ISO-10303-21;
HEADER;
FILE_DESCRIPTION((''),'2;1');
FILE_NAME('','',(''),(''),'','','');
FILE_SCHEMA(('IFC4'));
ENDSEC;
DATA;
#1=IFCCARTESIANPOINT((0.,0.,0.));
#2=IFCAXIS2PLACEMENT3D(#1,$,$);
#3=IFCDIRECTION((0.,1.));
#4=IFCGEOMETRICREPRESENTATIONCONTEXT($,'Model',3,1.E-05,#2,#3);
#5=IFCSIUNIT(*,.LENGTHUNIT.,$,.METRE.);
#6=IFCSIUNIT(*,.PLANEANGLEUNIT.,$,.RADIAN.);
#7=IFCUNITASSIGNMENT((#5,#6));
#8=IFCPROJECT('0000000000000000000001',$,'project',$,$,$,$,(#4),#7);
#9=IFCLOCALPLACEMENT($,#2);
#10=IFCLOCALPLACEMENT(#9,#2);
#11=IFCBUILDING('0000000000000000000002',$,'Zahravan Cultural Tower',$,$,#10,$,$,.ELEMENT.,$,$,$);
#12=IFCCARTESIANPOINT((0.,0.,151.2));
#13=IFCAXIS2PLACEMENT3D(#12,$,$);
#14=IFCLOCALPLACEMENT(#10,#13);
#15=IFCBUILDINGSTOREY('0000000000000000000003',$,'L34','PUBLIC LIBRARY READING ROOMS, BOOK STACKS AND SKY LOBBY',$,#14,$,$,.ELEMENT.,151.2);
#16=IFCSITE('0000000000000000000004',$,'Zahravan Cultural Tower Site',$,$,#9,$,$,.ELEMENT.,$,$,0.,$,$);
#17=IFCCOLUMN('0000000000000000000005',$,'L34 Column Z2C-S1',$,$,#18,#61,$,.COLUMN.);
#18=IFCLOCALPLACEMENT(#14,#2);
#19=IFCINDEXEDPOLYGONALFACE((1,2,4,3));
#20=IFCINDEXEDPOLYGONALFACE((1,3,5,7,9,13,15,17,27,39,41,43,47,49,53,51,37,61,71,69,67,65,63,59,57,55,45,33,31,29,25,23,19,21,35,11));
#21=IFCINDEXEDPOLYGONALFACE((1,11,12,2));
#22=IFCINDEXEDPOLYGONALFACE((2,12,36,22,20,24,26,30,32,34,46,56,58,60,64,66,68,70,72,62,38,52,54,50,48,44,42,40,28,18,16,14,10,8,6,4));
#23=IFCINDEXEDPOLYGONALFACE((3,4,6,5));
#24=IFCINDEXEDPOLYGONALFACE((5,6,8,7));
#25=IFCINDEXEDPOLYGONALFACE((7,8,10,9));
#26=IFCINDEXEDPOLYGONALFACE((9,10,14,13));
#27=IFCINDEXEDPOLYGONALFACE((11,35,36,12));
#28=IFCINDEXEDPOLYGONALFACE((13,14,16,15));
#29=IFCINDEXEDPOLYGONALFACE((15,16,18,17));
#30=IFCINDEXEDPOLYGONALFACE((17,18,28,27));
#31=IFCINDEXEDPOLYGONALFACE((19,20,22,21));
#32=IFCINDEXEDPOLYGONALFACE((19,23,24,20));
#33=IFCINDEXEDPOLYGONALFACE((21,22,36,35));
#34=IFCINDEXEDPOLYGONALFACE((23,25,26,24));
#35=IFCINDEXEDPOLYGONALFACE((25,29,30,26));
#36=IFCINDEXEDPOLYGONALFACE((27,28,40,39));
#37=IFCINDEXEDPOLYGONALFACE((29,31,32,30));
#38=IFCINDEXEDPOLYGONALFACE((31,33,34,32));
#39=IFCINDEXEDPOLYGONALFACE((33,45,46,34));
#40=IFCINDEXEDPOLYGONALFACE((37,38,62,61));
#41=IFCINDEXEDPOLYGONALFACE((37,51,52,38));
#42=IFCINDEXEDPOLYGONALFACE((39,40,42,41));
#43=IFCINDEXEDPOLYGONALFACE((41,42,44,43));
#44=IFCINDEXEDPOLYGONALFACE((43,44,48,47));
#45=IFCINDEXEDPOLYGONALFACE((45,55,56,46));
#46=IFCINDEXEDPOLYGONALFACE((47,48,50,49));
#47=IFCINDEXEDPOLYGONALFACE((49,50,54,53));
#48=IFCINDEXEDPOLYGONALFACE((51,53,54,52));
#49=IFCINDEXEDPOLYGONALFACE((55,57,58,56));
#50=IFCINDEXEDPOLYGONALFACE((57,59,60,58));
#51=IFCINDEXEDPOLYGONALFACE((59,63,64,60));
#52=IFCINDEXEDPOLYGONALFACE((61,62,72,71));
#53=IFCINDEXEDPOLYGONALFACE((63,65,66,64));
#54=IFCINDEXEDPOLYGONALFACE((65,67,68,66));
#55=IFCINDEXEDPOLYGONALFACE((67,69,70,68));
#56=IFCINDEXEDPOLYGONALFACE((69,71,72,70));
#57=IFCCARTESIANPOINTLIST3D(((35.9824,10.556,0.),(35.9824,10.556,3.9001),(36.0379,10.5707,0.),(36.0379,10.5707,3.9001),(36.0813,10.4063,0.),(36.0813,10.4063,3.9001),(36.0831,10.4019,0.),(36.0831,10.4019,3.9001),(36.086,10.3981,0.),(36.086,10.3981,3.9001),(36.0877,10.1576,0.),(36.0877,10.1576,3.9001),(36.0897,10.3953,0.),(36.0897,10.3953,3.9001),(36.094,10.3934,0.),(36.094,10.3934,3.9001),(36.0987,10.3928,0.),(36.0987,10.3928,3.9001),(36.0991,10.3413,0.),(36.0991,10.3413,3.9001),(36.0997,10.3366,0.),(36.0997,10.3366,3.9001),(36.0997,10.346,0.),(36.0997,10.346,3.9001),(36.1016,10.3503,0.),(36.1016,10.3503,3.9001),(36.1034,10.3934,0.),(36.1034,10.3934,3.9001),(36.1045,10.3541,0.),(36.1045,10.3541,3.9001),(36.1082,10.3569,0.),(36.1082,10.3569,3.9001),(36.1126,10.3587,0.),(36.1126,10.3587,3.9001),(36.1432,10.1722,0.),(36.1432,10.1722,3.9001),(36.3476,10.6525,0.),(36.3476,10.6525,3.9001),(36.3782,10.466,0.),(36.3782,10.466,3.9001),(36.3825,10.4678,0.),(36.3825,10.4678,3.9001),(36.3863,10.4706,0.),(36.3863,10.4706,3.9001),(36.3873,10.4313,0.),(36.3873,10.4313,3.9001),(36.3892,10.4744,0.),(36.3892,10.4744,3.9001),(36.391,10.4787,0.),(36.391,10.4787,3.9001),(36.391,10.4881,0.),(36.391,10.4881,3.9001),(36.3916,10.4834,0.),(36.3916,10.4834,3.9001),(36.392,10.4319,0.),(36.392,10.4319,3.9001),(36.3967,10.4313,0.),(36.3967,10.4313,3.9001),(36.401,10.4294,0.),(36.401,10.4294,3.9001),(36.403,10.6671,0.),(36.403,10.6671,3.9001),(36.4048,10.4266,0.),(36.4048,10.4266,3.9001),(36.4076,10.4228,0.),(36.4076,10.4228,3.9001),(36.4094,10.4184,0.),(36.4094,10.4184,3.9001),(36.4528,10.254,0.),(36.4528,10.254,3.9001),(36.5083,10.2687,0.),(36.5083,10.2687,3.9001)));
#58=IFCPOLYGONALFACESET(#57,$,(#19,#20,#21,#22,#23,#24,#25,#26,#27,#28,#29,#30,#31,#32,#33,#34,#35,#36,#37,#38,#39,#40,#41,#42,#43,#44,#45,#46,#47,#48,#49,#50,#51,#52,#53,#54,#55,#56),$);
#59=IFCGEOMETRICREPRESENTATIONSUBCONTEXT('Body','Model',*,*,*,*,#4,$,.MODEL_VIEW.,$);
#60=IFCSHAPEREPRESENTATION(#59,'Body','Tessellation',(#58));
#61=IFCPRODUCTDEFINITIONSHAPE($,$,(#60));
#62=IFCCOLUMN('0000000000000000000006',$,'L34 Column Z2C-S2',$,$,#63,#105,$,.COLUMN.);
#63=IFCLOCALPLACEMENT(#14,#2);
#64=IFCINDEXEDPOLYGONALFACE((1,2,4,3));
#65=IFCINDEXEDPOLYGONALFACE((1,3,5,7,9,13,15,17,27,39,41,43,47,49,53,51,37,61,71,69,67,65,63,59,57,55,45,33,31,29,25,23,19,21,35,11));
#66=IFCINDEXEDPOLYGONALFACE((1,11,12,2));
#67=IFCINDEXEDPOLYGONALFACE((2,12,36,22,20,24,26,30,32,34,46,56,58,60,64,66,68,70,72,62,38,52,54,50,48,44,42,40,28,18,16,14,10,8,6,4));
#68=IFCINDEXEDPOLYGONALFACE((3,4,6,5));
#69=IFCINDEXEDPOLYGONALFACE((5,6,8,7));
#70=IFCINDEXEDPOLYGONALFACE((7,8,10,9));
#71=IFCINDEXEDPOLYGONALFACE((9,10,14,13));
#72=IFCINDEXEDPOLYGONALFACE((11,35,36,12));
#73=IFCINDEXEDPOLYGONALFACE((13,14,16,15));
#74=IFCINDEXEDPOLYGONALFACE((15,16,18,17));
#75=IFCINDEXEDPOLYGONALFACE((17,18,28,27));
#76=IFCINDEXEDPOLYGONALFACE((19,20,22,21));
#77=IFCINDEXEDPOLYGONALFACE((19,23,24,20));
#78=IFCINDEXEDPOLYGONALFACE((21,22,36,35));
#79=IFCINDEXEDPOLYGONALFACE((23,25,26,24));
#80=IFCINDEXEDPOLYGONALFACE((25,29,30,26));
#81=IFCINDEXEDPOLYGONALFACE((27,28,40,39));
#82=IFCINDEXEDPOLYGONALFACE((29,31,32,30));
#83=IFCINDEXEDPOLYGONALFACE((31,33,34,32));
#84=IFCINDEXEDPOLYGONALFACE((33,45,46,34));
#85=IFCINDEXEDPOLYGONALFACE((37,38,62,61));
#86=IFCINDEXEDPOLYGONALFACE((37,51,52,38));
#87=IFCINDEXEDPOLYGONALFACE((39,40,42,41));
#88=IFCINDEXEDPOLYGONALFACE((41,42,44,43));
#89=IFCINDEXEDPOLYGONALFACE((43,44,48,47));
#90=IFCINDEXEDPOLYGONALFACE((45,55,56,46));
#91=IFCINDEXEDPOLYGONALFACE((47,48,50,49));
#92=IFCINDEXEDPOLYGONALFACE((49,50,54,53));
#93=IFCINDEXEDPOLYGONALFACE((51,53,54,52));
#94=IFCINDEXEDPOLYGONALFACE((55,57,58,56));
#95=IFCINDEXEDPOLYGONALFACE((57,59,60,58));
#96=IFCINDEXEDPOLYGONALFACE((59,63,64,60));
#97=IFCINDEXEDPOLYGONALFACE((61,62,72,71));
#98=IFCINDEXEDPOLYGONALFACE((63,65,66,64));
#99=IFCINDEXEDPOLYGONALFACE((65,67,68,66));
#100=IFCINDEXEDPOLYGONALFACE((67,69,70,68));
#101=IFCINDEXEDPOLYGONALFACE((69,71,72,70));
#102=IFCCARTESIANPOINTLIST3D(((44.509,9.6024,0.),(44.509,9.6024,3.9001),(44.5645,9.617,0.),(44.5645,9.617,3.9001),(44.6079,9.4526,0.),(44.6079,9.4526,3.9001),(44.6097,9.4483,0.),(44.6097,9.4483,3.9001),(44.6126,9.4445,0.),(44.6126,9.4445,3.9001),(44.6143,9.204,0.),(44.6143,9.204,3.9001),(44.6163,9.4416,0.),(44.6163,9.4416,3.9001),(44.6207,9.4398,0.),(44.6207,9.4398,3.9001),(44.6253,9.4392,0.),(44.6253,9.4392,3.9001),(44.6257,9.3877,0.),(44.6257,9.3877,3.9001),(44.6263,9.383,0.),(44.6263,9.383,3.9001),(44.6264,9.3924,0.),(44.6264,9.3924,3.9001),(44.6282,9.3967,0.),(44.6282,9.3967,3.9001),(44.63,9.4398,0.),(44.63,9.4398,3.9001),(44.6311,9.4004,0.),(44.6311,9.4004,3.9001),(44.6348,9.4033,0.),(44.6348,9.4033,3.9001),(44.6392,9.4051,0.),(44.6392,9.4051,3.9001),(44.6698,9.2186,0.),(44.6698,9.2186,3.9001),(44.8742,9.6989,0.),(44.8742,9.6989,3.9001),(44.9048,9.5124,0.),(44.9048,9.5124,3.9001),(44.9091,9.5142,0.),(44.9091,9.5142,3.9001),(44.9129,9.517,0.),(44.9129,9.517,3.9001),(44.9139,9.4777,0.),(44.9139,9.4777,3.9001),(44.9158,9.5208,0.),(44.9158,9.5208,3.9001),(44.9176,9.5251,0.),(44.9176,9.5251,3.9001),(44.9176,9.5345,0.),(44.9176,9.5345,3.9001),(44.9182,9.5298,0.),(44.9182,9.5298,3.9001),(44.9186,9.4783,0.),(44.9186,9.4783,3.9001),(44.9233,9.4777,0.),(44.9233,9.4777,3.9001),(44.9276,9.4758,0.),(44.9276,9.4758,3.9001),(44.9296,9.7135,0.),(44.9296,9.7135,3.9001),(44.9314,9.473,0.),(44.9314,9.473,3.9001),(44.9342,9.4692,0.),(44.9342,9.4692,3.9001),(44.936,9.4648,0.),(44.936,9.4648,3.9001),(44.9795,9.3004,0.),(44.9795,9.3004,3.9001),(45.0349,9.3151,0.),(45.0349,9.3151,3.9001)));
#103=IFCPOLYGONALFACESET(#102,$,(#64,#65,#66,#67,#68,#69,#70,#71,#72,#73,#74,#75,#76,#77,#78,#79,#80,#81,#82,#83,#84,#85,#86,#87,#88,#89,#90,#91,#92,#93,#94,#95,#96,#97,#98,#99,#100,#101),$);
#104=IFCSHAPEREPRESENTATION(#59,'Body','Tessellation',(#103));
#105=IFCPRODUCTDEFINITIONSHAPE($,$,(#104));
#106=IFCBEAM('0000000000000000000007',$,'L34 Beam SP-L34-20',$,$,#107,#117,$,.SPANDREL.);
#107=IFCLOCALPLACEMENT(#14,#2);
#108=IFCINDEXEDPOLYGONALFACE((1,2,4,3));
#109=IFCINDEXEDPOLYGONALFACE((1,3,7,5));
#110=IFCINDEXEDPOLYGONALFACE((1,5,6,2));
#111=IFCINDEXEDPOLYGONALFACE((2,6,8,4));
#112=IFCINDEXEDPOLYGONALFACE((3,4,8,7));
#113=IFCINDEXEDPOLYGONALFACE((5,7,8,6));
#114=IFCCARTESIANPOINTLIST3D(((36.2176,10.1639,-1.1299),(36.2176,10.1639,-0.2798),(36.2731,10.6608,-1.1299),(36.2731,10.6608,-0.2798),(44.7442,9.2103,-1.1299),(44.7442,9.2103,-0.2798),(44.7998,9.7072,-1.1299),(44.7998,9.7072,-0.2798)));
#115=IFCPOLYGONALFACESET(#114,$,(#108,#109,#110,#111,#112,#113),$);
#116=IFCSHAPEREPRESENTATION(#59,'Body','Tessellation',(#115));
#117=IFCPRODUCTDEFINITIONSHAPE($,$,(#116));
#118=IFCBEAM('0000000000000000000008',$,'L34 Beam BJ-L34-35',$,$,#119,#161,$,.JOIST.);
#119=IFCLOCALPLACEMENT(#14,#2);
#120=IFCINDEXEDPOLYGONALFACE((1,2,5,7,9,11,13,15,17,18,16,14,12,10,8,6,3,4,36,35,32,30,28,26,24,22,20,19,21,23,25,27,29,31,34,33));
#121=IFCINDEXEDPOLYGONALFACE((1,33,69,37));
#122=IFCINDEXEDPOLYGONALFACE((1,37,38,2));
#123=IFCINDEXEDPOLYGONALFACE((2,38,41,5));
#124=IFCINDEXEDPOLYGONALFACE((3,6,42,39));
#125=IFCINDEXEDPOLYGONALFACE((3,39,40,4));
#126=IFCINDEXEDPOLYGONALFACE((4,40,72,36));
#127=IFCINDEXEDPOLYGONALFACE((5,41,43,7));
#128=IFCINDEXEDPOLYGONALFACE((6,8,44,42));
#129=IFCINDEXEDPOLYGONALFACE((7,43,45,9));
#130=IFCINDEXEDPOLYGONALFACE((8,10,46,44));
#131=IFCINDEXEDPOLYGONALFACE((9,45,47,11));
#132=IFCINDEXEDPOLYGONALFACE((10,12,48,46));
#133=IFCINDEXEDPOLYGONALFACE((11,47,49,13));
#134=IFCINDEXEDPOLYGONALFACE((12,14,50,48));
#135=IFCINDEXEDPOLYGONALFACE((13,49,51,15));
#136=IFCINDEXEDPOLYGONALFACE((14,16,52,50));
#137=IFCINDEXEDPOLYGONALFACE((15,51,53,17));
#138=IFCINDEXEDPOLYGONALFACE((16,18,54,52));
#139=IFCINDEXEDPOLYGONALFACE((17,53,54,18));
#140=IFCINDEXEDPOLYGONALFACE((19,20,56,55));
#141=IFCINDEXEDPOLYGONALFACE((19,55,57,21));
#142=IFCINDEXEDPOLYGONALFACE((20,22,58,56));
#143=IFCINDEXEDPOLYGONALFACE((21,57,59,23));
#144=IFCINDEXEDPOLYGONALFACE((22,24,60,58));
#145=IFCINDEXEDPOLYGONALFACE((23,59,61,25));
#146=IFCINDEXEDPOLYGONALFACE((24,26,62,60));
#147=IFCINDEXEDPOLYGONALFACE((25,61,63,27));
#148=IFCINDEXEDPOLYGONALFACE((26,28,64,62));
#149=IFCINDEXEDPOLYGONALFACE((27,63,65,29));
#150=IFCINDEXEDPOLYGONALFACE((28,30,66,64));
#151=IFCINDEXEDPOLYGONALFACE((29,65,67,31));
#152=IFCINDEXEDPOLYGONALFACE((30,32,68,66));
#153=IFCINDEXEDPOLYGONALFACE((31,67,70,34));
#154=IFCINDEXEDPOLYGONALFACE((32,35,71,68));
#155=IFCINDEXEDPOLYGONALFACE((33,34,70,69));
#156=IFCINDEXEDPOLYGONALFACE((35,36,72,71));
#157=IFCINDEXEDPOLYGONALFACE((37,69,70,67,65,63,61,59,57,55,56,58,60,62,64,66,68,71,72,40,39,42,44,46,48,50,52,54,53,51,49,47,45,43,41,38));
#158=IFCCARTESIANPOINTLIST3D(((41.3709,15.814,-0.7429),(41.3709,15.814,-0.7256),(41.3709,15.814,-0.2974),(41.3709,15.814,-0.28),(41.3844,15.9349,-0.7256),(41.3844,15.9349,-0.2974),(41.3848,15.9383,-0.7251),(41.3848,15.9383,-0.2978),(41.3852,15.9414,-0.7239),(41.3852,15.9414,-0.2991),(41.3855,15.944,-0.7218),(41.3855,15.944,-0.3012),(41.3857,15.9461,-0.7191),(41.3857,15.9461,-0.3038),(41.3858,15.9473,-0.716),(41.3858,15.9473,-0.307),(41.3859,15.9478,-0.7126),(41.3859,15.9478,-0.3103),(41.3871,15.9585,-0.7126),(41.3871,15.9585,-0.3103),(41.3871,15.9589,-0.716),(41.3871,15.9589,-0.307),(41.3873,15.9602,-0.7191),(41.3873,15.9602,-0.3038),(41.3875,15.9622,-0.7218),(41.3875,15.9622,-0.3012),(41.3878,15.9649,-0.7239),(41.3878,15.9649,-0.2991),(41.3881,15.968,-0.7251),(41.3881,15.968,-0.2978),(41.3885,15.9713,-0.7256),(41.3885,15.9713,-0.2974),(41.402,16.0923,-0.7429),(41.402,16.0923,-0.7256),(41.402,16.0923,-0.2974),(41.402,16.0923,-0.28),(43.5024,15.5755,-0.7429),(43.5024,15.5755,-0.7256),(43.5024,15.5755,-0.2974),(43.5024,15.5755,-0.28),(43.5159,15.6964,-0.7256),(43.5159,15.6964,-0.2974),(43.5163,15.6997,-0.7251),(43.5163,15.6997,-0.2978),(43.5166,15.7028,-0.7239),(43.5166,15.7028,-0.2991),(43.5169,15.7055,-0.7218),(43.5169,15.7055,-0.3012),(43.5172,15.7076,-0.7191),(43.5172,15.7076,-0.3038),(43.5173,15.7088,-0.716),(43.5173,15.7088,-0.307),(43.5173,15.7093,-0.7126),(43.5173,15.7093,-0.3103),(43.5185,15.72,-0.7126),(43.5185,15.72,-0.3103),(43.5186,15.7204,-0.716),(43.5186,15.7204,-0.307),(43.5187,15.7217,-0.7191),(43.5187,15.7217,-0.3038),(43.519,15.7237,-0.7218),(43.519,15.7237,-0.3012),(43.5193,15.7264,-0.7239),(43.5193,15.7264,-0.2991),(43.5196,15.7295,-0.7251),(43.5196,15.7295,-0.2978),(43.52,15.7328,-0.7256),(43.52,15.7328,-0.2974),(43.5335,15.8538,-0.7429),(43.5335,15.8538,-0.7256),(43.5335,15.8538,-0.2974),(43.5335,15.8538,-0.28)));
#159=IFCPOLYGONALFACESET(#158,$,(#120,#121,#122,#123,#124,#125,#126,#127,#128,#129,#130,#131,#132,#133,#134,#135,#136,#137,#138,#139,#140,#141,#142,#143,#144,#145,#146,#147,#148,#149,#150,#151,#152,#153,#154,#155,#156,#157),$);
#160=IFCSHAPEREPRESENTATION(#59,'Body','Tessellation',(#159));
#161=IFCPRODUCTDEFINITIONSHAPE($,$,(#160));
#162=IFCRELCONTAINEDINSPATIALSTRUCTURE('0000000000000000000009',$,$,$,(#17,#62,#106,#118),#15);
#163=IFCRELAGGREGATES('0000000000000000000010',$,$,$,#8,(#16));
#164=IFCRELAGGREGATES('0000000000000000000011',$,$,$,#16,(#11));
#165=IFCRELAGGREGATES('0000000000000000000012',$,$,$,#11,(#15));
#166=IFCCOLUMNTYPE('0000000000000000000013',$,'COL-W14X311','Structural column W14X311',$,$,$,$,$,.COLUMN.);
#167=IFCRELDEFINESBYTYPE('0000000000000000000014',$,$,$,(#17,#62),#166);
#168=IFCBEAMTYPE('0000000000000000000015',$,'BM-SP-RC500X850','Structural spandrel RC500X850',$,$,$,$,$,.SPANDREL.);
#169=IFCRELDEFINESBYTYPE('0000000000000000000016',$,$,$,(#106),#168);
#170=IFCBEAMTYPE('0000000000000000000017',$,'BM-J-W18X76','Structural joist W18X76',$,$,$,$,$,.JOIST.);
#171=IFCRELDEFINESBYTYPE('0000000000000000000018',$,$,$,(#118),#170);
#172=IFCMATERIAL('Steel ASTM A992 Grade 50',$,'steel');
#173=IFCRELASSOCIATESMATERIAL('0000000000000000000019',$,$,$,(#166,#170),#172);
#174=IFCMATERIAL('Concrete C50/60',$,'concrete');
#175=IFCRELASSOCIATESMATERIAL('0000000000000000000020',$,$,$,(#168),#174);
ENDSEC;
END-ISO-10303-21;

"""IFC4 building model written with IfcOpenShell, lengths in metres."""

from ifc_helpers import new_model, si_unit, direction, frame, origin, origin_2d, place, context, subcontext, project, spatial, rectangle, i_section, extrude, source, transform, mapped, material, material_profile, profile_set, type_object, element, save


model = new_model("IFC4")

# Units and contexts
model_context = context("Model", 3, precision=1e-05, world=origin(), true_north=direction((0.0, 1.0)))
body_context = subcontext(model_context, "Body", "Model", "MODEL_VIEW")
ifc_project = project(units=[si_unit("LENGTHUNIT", "METRE"), si_unit("PLANEANGLEUNIT", "RADIAN")], contexts=[model_context])

# Site, building, storey
site_placement = place(None, origin())
site = spatial("IfcSite", under=ifc_project, at=site_placement, Name="Zahravan Cultural Tower Site", CompositionType="ELEMENT", RefElevation=0.0)
building_placement = place(site_placement, origin())
building = spatial("IfcBuilding", under=site, at=building_placement, Name="Zahravan Cultural Tower", CompositionType="ELEMENT")
storey_placement = place(building_placement, frame((0.0, 0.0, 151.2)))
storey = spatial("IfcBuildingStorey", under=building, at=storey_placement, Name="L34", Description="PUBLIC LIBRARY READING ROOMS, BOOK STACKS AND SKY LOBBY", CompositionType="ELEMENT", Elevation=151.2)

# Columns
ifc_material_1 = material(Name="Steel ASTM A992 Grade 50", Category="steel")
ifc_material_profile_1 = material_profile(ifc_material_1, i_section(OverallWidth=0.4121, OverallDepth=0.4351, WebThickness=0.0359, FlangeThickness=0.0574, FilletRadius=0.0181, at=origin_2d()), Name="W14X311")
ifc_profile_set_1 = profile_set([ifc_material_profile_1], Name="Steel ASTM A992 Grade 50")
column_type = type_object("IfcColumnType", Name="COL-W14X311", Description="Structural column W14X311", PredefinedType="COLUMN", material=ifc_profile_set_1)
shared_shape_1 = source(origin(), body_context, "Body", "SweptSolid", [
    extrude(i_section(OverallWidth=0.4121, OverallDepth=0.4351, WebThickness=0.0359, FlangeThickness=0.0574, FilletRadius=0.0181, at=origin_2d()), origin(), (0.0, 0.0, 1.0), 3.9001),
])
for number, where, z_axis, x_axis, name in (
    (1, (36.2454, 10.4124, 0.0), (0.0, 0.0, 1.0), (-0.255446, 0.966823, 0.0), "L34 Column Z2C-S1"),
    (2, (44.772, 9.4587, 0.0), (0.0, 0.0, 1.0), (-0.255446, 0.966823, 0.0), "L34 Column Z2C-S2"),
):
    element("IfcColumn", number, at=place(storey_placement, frame(where, z_axis=z_axis, x_axis=x_axis)), inside=storey, type_object=column_type, Name=name, PredefinedType="COLUMN", context=body_context, shape_type="MappedRepresentation", body=[
        mapped(shared_shape_1, transform((0.0, 0.0, 0.0), x_axis=(1.0, 0.0, 0.0), y_axis=(0.0, 1.0, 0.0), z_axis=(0.0, 0.0, 1.0), scale=1.0)),
    ])

# Beams
ifc_material_2 = material(Name="Concrete C50/60", Category="concrete")
ifc_material_profile_2 = material_profile(ifc_material_2, rectangle(XDim=0.5, YDim=0.8501, at=origin_2d()), Name="RC500X850")
ifc_profile_set_2 = profile_set([ifc_material_profile_2], Name="Concrete C50/60")
beam_type_1 = type_object("IfcBeamType", Name="BM-SP-RC500X850", Description="Structural spandrel RC500X850", PredefinedType="SPANDREL", material=ifc_profile_set_2)
shared_shape_2 = source(origin(), body_context, "Body", "SweptSolid", [
    extrude(rectangle(XDim=0.5, YDim=0.8501, at=origin_2d()), origin(), (0.0, 0.0, 1.0), 8.5798),
])
beam_1_placement = place(storey_placement, frame((36.2454, 10.4124, -0.7048), z_axis=(0.993804, -0.111147, 0.0), x_axis=(0.111147, 0.993804, 0.0)))
element("IfcBeam", 3, at=beam_1_placement, inside=storey, type_object=beam_type_1, Name="L34 Beam SP-L34-20", PredefinedType="SPANDREL", context=body_context, shape_type="MappedRepresentation", body=[
    mapped(shared_shape_2, transform((0.0, 0.0, 0.0), x_axis=(1.0, 0.0, 0.0), y_axis=(0.0, 1.0, 0.0), z_axis=(0.0, 0.0, 1.0), scale=1.0)),
])
ifc_material_profile_3 = material_profile(ifc_material_1, i_section(OverallWidth=0.28, OverallDepth=0.4629, WebThickness=0.0107, FlangeThickness=0.0173, FilletRadius=0.0129, at=origin_2d()), Name="W18X76")
ifc_profile_set_3 = profile_set([ifc_material_profile_3], Name="Steel ASTM A992 Grade 50")
beam_type_2 = type_object("IfcBeamType", Name="BM-J-W18X76", Description="Structural joist W18X76", PredefinedType="JOIST", material=ifc_profile_set_3)
shared_shape_3 = source(origin(), body_context, "Body", "SweptSolid", [
    extrude(i_section(OverallWidth=0.28, OverallDepth=0.4629, WebThickness=0.0107, FlangeThickness=0.0173, FilletRadius=0.0129, at=origin_2d()), origin(), (0.0, 0.0, 1.0), 2.1448),
])
beam_2_placement = place(storey_placement, frame((41.3865, 15.9531, -0.5115), z_axis=(0.993797, -0.111206, 0.0), x_axis=(0.111206, 0.993797, 0.0)))
element("IfcBeam", 4, at=beam_2_placement, inside=storey, type_object=beam_type_2, Name="L34 Beam BJ-L34-35", PredefinedType="JOIST", context=body_context, shape_type="MappedRepresentation", body=[
    mapped(shared_shape_3, transform((0.0, 0.0, 0.0), x_axis=(1.0, 0.0, 0.0), y_axis=(0.0, 1.0, 0.0), z_axis=(0.0, 0.0, 1.0), scale=1.0)),
])

save(model, "model.ifc")
